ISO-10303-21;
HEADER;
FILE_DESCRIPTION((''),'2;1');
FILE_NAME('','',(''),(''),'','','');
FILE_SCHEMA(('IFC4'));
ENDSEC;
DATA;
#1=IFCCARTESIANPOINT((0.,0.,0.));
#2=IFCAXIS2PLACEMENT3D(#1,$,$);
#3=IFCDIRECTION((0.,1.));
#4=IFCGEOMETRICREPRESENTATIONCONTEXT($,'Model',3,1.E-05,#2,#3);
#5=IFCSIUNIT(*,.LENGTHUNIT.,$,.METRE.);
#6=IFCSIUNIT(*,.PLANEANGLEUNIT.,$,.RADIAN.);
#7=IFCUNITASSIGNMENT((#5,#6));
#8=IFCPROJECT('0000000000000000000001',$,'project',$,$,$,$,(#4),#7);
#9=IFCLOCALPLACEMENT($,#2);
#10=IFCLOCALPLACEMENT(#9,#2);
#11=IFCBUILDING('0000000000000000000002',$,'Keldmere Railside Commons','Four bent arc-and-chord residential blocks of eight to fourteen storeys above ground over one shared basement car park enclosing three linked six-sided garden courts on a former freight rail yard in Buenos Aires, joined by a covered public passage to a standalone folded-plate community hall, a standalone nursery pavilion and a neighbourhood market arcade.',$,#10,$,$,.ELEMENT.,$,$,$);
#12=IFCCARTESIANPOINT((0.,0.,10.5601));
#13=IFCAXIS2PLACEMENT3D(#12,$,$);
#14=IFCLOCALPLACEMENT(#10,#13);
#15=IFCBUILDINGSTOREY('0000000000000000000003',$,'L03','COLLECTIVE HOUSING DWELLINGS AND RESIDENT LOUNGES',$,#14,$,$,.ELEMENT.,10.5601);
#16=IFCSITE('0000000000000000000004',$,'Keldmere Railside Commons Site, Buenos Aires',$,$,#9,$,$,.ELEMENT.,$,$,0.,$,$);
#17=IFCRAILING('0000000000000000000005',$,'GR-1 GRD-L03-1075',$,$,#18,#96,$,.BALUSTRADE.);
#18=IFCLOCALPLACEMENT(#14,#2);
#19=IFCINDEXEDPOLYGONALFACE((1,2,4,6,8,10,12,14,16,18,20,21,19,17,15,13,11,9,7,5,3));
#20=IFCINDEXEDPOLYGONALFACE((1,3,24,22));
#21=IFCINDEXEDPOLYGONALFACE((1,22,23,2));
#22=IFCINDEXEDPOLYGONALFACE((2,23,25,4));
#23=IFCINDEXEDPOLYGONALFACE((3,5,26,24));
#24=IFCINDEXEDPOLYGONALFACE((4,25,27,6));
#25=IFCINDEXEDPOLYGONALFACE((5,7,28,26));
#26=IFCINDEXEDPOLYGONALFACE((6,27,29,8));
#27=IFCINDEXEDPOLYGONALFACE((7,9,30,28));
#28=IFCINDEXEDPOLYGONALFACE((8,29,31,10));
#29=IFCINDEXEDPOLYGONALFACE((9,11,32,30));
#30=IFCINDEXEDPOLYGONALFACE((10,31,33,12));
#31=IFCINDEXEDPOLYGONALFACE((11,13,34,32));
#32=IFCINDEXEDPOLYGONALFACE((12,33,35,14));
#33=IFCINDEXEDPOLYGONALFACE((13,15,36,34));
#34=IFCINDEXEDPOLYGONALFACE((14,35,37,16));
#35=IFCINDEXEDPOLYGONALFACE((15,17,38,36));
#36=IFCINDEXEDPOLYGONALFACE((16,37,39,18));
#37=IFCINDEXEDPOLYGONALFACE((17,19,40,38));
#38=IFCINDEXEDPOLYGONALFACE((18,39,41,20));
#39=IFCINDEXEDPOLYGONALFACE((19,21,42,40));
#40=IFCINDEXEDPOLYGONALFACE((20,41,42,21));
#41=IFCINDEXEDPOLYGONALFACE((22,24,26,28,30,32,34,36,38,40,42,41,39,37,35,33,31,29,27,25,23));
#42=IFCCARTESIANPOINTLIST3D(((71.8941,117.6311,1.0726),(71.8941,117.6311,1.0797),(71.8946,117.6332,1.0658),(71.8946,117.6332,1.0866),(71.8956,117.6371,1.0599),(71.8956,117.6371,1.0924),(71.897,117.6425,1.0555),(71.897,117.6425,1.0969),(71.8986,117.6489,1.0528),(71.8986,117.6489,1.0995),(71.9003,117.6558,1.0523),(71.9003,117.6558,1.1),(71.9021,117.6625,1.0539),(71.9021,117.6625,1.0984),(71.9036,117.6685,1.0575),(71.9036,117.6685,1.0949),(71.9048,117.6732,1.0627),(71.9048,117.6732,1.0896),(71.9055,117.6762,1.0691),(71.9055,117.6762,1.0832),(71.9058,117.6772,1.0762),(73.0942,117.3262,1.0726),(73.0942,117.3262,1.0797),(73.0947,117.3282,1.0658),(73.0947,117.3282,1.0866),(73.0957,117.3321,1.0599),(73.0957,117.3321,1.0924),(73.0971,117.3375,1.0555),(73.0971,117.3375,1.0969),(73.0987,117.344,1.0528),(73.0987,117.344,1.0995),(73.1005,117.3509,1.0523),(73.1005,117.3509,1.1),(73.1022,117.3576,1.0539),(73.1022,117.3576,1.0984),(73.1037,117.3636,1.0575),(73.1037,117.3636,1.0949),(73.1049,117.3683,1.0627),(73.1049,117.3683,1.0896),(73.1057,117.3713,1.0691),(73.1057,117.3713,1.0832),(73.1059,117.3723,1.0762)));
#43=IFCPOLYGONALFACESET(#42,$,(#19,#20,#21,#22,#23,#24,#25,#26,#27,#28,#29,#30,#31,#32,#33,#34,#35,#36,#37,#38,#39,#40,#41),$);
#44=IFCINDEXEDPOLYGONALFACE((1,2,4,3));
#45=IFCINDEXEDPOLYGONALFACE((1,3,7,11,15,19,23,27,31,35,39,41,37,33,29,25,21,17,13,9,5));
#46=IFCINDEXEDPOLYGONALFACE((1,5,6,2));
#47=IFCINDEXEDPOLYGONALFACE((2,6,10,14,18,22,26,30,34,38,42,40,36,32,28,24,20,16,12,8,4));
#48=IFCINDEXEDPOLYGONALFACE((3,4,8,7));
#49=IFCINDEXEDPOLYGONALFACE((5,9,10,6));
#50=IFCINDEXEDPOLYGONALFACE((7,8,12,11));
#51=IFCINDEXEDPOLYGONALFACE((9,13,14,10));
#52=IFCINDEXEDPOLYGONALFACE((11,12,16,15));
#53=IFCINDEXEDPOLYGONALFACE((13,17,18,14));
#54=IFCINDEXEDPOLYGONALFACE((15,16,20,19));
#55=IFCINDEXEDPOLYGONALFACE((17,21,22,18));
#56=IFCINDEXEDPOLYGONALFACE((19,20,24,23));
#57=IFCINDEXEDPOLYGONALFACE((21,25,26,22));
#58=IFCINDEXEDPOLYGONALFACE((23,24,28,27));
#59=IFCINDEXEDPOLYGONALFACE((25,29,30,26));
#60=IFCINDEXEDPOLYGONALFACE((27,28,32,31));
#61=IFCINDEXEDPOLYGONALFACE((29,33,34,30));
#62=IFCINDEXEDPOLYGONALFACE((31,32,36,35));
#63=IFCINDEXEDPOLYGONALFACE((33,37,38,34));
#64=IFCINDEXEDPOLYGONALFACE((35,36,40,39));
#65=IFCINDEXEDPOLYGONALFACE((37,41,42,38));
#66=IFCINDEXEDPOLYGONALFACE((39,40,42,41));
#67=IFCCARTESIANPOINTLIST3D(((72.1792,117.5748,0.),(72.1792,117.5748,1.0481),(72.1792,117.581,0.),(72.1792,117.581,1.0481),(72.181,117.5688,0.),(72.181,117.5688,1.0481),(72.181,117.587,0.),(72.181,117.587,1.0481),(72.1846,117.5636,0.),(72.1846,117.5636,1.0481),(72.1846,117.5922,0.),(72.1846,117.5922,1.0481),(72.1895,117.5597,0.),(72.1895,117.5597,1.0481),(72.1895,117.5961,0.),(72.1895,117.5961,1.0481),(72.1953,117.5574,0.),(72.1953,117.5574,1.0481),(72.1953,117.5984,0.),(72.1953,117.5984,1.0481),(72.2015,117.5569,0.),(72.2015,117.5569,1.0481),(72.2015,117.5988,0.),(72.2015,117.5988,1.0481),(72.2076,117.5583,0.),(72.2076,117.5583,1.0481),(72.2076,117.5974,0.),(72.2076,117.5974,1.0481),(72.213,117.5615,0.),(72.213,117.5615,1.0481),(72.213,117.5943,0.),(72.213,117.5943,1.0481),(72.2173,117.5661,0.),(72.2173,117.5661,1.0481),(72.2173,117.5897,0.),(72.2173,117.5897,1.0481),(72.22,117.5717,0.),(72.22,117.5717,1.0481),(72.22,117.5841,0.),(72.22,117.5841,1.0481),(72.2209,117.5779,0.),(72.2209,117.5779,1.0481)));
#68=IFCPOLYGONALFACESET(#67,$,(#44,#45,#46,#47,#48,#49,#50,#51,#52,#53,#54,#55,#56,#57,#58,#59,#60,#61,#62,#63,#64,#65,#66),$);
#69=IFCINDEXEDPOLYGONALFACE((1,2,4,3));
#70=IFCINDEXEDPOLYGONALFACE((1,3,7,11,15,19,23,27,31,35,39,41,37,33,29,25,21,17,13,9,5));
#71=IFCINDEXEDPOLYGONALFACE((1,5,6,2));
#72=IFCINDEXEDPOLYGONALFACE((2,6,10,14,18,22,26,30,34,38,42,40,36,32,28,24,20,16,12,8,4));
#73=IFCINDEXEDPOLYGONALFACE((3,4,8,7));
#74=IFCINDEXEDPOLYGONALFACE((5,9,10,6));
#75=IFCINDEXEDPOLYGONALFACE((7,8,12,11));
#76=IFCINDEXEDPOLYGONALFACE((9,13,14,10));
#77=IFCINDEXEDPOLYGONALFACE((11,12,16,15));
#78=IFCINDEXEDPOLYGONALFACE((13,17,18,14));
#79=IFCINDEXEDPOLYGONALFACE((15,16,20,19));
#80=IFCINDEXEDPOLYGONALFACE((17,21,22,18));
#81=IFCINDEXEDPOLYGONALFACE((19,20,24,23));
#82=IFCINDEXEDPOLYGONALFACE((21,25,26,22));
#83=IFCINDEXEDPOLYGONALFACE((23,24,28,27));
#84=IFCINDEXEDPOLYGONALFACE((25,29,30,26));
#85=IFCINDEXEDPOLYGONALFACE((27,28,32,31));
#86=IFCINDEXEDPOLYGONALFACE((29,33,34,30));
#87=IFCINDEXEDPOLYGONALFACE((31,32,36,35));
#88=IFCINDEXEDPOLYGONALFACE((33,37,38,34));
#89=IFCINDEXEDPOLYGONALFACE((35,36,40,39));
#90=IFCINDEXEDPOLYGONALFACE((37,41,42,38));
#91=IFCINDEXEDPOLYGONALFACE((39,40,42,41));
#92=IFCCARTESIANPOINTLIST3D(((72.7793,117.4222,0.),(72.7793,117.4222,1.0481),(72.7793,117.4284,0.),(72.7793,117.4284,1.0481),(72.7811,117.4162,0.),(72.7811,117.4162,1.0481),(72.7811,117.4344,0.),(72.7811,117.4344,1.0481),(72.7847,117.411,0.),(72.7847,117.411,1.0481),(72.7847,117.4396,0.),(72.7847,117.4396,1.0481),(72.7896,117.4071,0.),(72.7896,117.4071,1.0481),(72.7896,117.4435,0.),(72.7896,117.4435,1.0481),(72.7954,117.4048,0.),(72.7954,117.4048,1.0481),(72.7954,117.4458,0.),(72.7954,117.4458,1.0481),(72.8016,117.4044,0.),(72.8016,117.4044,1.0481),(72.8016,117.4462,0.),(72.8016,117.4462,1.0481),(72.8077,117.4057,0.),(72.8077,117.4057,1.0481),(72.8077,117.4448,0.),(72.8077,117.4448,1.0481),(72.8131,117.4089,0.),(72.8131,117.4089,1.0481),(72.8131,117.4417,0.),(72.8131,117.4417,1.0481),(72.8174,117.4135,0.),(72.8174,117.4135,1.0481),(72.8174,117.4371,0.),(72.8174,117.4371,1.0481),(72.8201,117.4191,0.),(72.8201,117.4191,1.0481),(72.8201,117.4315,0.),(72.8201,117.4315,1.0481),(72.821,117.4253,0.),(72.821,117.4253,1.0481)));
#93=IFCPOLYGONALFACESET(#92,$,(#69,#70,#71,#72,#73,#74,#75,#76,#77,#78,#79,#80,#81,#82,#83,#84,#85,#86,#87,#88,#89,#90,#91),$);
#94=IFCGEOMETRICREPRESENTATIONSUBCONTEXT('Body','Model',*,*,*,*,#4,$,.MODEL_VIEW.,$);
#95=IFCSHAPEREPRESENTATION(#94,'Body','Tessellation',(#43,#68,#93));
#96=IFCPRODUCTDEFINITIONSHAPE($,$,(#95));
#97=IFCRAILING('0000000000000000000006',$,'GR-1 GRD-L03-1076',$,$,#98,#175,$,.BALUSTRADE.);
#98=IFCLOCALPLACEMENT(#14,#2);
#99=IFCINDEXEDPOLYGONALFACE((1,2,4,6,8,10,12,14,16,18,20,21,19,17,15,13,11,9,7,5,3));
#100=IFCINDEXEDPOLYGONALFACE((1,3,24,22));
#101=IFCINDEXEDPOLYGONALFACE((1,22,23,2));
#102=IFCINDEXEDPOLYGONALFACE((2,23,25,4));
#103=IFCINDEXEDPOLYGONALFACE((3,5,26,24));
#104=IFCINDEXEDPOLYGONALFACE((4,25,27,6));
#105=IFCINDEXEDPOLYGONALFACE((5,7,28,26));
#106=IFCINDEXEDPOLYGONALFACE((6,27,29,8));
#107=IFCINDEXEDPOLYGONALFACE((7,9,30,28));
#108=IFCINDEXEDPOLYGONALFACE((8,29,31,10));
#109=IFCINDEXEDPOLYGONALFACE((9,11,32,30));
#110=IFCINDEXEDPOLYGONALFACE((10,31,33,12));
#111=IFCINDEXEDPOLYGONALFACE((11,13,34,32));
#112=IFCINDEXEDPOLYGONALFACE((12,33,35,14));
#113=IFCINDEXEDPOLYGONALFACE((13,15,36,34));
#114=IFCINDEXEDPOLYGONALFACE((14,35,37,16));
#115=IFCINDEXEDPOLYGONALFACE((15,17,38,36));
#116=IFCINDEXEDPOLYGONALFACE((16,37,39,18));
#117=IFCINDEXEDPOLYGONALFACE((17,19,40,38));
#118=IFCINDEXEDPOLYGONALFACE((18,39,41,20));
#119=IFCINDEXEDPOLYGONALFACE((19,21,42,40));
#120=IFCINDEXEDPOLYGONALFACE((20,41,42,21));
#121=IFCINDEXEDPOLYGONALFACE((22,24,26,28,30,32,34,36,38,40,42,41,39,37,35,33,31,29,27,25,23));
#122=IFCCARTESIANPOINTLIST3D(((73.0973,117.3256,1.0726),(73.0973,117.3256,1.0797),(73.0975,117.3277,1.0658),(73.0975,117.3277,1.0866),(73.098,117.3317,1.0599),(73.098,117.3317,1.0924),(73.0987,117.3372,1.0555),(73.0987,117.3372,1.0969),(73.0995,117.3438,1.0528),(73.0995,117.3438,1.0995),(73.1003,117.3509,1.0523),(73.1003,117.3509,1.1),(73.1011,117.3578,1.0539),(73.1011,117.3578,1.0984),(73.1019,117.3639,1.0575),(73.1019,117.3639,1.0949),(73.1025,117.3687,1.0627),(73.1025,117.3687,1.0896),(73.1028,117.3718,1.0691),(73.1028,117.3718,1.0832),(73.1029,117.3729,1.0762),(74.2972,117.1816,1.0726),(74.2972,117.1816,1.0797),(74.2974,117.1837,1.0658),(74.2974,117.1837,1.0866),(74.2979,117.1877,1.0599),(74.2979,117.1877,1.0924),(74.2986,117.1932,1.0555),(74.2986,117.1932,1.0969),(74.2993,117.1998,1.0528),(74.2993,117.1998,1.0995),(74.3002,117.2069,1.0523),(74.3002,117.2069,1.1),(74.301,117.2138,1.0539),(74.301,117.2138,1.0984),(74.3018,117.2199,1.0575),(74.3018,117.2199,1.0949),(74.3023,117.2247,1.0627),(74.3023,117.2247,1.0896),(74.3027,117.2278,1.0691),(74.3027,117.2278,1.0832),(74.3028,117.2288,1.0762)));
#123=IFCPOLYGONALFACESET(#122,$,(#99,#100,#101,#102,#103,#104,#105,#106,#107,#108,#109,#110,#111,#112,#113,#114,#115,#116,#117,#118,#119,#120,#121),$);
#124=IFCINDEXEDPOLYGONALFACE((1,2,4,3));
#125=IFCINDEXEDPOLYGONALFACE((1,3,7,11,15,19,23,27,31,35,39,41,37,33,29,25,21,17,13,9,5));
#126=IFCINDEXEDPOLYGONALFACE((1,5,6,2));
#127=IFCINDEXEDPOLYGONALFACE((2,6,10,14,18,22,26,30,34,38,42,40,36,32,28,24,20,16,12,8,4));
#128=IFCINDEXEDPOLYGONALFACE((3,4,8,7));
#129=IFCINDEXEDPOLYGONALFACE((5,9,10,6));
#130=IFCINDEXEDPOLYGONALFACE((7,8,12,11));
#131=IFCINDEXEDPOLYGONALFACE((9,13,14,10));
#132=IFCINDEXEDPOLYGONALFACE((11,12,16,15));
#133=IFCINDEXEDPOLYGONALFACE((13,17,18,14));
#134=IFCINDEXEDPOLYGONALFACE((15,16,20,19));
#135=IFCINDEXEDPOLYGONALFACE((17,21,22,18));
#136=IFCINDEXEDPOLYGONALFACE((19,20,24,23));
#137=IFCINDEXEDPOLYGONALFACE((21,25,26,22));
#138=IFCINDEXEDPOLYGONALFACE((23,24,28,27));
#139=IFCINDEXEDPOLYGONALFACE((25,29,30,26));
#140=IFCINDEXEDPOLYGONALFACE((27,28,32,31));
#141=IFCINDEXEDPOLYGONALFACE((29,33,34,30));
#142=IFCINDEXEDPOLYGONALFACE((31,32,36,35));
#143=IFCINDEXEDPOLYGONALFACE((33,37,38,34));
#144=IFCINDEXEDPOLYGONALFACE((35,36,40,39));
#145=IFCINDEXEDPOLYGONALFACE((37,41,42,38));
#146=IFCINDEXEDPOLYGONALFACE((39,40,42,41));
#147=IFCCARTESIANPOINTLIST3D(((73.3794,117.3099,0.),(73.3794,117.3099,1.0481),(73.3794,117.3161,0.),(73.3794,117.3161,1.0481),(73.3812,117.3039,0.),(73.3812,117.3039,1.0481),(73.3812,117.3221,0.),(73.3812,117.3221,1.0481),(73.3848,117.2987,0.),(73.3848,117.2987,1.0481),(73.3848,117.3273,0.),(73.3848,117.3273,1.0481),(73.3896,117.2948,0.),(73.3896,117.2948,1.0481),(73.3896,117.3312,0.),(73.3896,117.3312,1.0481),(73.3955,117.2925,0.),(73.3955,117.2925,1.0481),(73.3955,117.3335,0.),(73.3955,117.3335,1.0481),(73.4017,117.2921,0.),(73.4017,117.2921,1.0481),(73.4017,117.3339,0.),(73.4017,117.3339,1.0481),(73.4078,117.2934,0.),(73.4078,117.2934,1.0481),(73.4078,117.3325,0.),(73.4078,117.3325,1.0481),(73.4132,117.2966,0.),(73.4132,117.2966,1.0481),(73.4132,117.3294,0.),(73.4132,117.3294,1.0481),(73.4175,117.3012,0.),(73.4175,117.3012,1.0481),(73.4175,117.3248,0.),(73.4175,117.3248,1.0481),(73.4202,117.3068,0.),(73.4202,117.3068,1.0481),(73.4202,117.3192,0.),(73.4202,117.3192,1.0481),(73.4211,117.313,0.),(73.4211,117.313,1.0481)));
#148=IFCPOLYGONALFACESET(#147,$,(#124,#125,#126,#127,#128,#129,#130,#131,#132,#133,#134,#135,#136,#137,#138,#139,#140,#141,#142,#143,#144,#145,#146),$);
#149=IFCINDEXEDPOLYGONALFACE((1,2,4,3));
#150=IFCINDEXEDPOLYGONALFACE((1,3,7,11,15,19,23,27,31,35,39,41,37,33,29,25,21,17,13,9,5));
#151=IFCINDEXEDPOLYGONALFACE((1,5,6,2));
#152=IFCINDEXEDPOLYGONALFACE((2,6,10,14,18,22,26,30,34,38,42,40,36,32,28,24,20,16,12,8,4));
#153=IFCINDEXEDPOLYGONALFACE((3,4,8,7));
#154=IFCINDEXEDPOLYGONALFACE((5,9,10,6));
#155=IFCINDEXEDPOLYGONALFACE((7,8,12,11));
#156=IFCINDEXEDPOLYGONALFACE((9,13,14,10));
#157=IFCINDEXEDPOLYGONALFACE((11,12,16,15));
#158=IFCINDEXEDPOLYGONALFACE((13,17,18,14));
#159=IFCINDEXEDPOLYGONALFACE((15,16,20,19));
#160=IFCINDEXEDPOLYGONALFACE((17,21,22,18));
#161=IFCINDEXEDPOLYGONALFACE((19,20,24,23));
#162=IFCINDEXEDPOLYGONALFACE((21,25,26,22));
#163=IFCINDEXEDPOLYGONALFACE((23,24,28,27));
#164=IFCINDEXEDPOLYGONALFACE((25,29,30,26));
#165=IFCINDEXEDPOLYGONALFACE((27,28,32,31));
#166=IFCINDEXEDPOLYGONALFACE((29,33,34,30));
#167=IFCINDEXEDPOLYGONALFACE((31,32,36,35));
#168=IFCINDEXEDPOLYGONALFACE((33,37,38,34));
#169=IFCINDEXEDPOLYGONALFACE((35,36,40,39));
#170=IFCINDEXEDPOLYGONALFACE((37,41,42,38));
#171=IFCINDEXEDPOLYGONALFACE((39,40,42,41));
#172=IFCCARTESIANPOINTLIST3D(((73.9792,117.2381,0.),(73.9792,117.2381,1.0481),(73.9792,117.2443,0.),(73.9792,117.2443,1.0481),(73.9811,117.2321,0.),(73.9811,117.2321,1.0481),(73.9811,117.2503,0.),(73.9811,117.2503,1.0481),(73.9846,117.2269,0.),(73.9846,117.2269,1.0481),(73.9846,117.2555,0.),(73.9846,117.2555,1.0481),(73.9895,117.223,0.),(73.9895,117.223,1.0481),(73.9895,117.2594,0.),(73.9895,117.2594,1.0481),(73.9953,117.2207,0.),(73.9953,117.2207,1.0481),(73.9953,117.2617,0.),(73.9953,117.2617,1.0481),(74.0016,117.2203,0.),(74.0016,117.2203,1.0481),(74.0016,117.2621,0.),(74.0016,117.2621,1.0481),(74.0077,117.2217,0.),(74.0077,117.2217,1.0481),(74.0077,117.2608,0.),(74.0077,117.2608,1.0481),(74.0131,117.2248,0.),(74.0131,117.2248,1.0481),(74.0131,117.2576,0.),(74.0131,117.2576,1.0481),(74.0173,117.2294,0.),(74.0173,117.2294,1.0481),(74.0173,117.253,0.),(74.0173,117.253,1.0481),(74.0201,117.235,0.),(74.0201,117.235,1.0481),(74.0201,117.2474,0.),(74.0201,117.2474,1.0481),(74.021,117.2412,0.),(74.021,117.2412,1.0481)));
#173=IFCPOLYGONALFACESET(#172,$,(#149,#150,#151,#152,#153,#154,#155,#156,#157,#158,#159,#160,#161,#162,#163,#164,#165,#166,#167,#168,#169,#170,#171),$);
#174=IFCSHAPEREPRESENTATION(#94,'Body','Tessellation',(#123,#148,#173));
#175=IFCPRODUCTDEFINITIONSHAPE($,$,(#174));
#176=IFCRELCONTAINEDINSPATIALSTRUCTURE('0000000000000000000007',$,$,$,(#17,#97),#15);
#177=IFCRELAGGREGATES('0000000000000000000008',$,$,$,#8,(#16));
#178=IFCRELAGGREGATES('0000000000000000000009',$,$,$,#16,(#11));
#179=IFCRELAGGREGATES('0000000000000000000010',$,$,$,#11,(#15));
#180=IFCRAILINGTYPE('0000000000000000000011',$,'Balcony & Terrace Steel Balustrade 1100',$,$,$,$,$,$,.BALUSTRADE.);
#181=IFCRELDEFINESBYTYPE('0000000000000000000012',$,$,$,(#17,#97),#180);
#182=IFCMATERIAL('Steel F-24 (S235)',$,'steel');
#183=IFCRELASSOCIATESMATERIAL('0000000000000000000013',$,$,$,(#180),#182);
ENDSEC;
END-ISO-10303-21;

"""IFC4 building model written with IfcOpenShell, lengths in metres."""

from ifc_helpers import new_model, si_unit, direction, frame, origin, origin_2d, place, context, subcontext, project, spatial, circle, extrude, material, type_object, element, save


model = new_model("IFC4")

# Units and contexts
model_context = context("Model", 3, precision=1e-05, world=origin(), true_north=direction((0.0, 1.0)))
body_context = subcontext(model_context, "Body", "Model", "MODEL_VIEW")
ifc_project = project(units=[si_unit("LENGTHUNIT", "METRE"), si_unit("PLANEANGLEUNIT", "RADIAN")], contexts=[model_context])

# Site, building, storey
site_placement = place(None, origin())
site = spatial("IfcSite", under=ifc_project, at=site_placement, Name="Keldmere Railside Commons Site, Buenos Aires", CompositionType="ELEMENT", RefElevation=0.0)
building_placement = place(site_placement, origin())
building = spatial("IfcBuilding", under=site, at=building_placement, Name="Keldmere Railside Commons", Description="Four bent arc-and-chord residential blocks of eight to fourteen storeys above ground over one shared basement car park enclosing three linked six-sided garden courts on a former freight rail yard in Buenos Aires, joined by a covered public passage to a standalone folded-plate community hall, a standalone nursery pavilion and a neighbourhood market arcade.", CompositionType="ELEMENT")
storey_placement = place(building_placement, frame((0.0, 0.0, 10.5601)))
storey = spatial("IfcBuildingStorey", under=building, at=storey_placement, Name="L03", Description="COLLECTIVE HOUSING DWELLINGS AND RESIDENT LOUNGES", CompositionType="ELEMENT", Elevation=10.5601)

# Railings
ifc_material_1 = material(Name="Steel F-24 (S235)", Category="steel")
railing_type = type_object("IfcRailingType", Name="Balcony & Terrace Steel Balustrade 1100", PredefinedType="BALUSTRADE", material=ifc_material_1)
railing_1_placement = place(storey_placement, frame((71.8999, 117.6541, 0.0)))
element("IfcRailing", 1, at=railing_1_placement, inside=storey, type_object=railing_type, Name="GR-1 GRD-L03-1075", PredefinedType="BALUSTRADE", context=body_context, shape_type="SweptSolid", body=[
    extrude(circle(Radius=0.0239, at=origin_2d()), frame((0.0, 0.0, 1.0762), z_axis=(0.969208, -0.246245, 0.0), x_axis=(0.246245, 0.969208, 0.0)), (0.0, 0.0, 1.0), 1.2383),
    extrude(circle(Radius=0.021, at=origin_2d()), frame((0.3, -0.0762, 0.0)), (0.0, 0.0, 1.0), 1.0481),
    extrude(circle(Radius=0.021, at=origin_2d()), frame((0.9001, -0.2288, 0.0)), (0.0, 0.0, 1.0), 1.0481),
])
railing_2_placement = place(storey_placement, frame((73.1001, 117.3491, 0.0)))
element("IfcRailing", 2, at=railing_2_placement, inside=storey, type_object=railing_type, Name="GR-1 GRD-L03-1076", PredefinedType="BALUSTRADE", context=body_context, shape_type="SweptSolid", body=[
    extrude(circle(Radius=0.0239, at=origin_2d()), frame((0.0, 0.0, 1.0762), z_axis=(0.992872, -0.119185, 0.0), x_axis=(0.119185, 0.992872, 0.0)), (0.0, 0.0, 1.0), 1.2085),
    extrude(circle(Radius=0.021, at=origin_2d()), frame((0.3, -0.0361, 0.0)), (0.0, 0.0, 1.0), 1.0481),
    extrude(circle(Radius=0.021, at=origin_2d()), frame((0.8999, -0.1079, 0.0)), (0.0, 0.0, 1.0), 1.0481),
])

save(model, "model.ifc")
